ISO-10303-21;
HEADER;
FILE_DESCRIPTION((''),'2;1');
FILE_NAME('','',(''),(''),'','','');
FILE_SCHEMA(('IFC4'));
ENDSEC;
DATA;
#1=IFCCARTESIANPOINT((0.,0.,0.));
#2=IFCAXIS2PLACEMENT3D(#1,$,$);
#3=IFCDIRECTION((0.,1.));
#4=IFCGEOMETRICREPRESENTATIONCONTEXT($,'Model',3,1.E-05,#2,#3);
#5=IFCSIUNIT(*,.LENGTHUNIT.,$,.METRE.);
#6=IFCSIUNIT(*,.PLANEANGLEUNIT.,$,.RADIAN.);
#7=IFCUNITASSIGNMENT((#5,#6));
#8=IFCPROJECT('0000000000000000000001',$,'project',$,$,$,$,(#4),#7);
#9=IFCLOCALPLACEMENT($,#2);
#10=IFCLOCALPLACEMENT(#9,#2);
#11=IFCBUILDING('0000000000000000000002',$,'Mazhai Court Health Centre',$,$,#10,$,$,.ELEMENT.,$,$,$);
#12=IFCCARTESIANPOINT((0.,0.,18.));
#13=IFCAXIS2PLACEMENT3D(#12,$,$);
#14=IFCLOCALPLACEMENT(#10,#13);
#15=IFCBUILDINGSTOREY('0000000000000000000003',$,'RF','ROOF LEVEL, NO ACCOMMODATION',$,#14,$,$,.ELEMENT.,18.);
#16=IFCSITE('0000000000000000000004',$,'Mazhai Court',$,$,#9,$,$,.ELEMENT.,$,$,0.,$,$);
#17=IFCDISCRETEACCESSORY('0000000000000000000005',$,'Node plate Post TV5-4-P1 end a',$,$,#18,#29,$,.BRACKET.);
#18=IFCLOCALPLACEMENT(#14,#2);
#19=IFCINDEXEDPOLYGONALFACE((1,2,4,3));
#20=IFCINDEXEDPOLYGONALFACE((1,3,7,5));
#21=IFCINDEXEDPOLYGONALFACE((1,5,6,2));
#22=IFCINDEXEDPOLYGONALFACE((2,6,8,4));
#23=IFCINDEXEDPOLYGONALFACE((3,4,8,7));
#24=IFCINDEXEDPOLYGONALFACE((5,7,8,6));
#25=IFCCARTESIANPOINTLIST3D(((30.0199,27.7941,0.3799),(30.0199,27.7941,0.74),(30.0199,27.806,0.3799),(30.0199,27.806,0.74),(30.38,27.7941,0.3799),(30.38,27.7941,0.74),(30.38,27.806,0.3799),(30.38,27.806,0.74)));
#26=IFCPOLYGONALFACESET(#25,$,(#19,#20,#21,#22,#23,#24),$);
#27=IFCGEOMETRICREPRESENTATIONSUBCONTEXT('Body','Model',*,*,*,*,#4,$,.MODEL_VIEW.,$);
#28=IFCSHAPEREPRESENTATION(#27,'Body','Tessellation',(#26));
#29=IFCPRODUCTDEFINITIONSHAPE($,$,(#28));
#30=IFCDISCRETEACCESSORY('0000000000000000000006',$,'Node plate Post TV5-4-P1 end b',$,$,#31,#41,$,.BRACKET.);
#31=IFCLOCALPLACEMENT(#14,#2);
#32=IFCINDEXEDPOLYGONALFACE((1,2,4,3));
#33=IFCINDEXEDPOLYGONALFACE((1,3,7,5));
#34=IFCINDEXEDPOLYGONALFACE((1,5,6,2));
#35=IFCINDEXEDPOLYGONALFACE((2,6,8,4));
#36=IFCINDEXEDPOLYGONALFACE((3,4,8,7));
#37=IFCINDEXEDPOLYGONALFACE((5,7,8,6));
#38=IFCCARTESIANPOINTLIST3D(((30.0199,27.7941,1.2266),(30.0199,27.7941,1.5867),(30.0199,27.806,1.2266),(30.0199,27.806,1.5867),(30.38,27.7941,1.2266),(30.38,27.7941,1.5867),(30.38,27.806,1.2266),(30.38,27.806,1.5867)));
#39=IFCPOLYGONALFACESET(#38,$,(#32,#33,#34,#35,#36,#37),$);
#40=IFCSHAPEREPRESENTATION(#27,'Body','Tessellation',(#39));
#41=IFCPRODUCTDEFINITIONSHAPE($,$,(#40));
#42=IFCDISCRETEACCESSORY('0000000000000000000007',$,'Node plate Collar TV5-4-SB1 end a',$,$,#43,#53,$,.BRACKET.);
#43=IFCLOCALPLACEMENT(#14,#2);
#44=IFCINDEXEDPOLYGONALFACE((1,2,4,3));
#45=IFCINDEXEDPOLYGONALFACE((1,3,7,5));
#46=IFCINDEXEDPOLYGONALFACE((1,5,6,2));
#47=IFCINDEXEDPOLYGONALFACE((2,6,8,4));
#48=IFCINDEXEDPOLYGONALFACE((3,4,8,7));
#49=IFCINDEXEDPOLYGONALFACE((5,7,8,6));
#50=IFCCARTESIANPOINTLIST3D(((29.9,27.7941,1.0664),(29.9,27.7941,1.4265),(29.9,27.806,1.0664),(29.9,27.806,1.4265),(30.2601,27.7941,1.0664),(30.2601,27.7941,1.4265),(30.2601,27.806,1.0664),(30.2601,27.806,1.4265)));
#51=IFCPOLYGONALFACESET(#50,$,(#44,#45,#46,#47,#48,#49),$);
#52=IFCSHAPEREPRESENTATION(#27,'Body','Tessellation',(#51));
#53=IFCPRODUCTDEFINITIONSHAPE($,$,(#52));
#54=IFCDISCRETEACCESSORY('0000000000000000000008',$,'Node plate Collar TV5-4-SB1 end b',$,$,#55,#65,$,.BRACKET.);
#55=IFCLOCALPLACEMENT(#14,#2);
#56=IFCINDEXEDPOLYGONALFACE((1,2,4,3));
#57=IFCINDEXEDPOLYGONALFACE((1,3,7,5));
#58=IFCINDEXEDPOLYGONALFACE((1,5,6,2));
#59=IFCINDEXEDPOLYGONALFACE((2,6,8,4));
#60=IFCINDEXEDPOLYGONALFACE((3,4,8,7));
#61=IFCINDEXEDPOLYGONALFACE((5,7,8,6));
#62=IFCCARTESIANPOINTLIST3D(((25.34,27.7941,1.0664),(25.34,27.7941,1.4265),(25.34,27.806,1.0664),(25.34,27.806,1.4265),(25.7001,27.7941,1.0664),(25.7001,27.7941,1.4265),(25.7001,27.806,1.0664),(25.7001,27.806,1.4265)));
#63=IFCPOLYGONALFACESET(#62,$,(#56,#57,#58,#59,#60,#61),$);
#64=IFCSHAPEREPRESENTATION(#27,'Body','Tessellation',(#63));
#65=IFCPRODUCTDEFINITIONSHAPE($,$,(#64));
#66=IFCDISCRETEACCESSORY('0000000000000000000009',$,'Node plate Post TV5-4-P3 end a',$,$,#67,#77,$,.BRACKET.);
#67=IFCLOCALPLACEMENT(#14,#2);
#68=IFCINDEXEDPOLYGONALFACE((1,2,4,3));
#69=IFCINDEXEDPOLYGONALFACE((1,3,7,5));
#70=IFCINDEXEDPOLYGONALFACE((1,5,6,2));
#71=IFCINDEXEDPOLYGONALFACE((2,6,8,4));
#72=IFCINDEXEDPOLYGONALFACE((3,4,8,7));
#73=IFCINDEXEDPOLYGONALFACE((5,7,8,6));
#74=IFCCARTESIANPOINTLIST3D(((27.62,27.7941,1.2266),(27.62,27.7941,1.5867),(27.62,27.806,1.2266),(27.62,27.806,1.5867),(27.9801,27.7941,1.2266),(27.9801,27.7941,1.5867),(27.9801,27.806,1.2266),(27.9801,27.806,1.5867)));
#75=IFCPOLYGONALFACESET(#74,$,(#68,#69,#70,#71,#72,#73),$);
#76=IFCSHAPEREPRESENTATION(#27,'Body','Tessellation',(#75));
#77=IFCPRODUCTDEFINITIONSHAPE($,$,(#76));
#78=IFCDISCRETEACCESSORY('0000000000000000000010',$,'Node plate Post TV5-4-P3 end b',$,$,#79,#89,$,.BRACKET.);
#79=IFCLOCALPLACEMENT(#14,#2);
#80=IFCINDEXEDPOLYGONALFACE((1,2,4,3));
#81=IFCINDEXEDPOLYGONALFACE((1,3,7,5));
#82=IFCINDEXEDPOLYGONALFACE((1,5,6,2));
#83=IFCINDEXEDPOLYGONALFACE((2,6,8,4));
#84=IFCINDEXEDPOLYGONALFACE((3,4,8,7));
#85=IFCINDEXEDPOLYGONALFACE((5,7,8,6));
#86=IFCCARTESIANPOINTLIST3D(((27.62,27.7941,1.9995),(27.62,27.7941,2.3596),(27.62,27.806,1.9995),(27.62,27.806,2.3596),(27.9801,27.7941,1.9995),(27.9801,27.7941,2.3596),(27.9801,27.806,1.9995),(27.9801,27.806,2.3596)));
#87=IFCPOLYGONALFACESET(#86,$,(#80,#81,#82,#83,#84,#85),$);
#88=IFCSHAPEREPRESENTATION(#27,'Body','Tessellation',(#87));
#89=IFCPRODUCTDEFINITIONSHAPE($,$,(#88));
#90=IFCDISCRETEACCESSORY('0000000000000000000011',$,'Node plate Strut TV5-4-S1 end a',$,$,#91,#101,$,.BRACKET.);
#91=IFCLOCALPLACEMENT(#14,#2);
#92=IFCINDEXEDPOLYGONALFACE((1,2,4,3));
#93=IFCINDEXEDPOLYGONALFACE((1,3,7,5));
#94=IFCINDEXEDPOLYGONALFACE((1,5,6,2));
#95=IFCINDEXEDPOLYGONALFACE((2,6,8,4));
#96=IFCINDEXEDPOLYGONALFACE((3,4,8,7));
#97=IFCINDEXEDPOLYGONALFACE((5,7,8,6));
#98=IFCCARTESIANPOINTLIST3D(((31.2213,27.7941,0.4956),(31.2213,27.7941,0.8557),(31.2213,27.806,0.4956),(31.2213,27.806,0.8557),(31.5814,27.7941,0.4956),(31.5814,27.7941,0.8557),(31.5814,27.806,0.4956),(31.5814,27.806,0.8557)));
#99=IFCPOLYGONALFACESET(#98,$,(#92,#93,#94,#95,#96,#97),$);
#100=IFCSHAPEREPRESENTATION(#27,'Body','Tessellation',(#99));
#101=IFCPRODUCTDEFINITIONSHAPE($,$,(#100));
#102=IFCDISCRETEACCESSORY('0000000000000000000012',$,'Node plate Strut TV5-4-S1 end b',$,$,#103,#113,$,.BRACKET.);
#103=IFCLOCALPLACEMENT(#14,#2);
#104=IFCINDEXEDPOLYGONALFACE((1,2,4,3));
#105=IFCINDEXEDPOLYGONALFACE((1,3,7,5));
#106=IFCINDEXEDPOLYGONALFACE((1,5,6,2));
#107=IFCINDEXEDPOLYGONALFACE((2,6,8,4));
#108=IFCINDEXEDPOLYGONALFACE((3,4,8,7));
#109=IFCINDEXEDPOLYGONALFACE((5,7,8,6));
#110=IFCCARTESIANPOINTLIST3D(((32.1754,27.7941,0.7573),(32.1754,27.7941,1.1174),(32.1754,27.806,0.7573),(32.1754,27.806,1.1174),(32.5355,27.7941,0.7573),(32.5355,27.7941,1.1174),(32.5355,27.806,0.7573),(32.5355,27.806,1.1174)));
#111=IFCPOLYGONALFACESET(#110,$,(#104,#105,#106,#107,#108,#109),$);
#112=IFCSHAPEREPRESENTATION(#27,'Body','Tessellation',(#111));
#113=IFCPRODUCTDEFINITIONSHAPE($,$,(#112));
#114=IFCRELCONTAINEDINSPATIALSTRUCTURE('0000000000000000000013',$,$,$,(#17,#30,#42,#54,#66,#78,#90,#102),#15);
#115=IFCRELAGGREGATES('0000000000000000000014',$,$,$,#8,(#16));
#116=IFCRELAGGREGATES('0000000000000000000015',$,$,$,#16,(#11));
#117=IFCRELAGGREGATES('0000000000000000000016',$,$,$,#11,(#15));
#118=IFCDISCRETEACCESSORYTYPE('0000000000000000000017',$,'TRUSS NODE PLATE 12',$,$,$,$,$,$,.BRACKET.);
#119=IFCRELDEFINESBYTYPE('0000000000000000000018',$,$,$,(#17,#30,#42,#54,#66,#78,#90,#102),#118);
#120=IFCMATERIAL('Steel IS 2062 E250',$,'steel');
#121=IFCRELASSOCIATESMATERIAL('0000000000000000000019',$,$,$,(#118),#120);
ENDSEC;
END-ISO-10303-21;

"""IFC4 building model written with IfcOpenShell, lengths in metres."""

from ifc_helpers import new_model, si_unit, direction, frame, origin, origin_2d, place, context, subcontext, project, spatial, rectangle, extrude, material, type_object, element, save


model = new_model("IFC4")

# Units and contexts
model_context = context("Model", 3, precision=1e-05, world=origin(), true_north=direction((0.0, 1.0)))
body_context = subcontext(model_context, "Body", "Model", "MODEL_VIEW")
ifc_project = project(units=[si_unit("LENGTHUNIT", "METRE"), si_unit("PLANEANGLEUNIT", "RADIAN")], contexts=[model_context])

# Site, building, storey
site_placement = place(None, origin())
site = spatial("IfcSite", under=ifc_project, at=site_placement, Name="Mazhai Court", CompositionType="ELEMENT", RefElevation=0.0)
building_placement = place(site_placement, origin())
building = spatial("IfcBuilding", under=site, at=building_placement, Name="Mazhai Court Health Centre", CompositionType="ELEMENT")
storey_placement = place(building_placement, frame((0.0, 0.0, 18.0)))
storey = spatial("IfcBuildingStorey", under=building, at=storey_placement, Name="RF", Description="ROOF LEVEL, NO ACCOMMODATION", CompositionType="ELEMENT", Elevation=18.0)

# Discrete accessories
ifc_material_1 = material(Name="Steel IS 2062 E250", Category="steel")
discrete_accessory_type = type_object("IfcDiscreteAccessoryType", Name="TRUSS NODE PLATE 12", PredefinedType="BRACKET", material=ifc_material_1)
for number, where, z_axis, x_axis, name in (
    (1, (30.2, 27.8, 0.3799), (0.0, 0.0, 1.0), (1.0, 0.0, 0.0), "Node plate Post TV5-4-P1 end a"),
    (2, (30.2, 27.8, 1.2266), (0.0, 0.0, 1.0), (1.0, 0.0, 0.0), "Node plate Post TV5-4-P1 end b"),
    (3, (30.0801, 27.8, 1.0664), (0.0, 0.0, 1.0), (1.0, 0.0, 0.0), "Node plate Collar TV5-4-SB1 end a"),
    (4, (25.52, 27.8, 1.0664), (0.0, 0.0, 1.0), (1.0, 0.0, 0.0), "Node plate Collar TV5-4-SB1 end b"),
    (5, (27.8, 27.8, 1.2266), (0.0, 0.0, 1.0), (1.0, 0.0, 0.0), "Node plate Post TV5-4-P3 end a"),
    (6, (27.8, 27.8, 1.9995), (0.0, 0.0, 1.0), (1.0, 0.0, 0.0), "Node plate Post TV5-4-P3 end b"),
    (7, (31.4014, 27.8, 0.4956), (0.0, 0.0, 1.0), (1.0, 0.0, 0.0), "Node plate Strut TV5-4-S1 end a"),
    (8, (32.3555, 27.8, 0.7573), (0.0, 0.0, 1.0), (1.0, 0.0, 0.0), "Node plate Strut TV5-4-S1 end b"),
):
    element("IfcDiscreteAccessory", number, at=place(storey_placement, frame(where, z_axis=z_axis, x_axis=x_axis)), inside=storey, type_object=discrete_accessory_type, Name=name, PredefinedType="BRACKET", context=body_context, shape_type="SweptSolid", body=[
        extrude(rectangle(XDim=0.3601, YDim=0.012, at=origin_2d()), origin(), (0.0, 0.0, 1.0), 0.3601),
    ])

save(model, "model.ifc")
